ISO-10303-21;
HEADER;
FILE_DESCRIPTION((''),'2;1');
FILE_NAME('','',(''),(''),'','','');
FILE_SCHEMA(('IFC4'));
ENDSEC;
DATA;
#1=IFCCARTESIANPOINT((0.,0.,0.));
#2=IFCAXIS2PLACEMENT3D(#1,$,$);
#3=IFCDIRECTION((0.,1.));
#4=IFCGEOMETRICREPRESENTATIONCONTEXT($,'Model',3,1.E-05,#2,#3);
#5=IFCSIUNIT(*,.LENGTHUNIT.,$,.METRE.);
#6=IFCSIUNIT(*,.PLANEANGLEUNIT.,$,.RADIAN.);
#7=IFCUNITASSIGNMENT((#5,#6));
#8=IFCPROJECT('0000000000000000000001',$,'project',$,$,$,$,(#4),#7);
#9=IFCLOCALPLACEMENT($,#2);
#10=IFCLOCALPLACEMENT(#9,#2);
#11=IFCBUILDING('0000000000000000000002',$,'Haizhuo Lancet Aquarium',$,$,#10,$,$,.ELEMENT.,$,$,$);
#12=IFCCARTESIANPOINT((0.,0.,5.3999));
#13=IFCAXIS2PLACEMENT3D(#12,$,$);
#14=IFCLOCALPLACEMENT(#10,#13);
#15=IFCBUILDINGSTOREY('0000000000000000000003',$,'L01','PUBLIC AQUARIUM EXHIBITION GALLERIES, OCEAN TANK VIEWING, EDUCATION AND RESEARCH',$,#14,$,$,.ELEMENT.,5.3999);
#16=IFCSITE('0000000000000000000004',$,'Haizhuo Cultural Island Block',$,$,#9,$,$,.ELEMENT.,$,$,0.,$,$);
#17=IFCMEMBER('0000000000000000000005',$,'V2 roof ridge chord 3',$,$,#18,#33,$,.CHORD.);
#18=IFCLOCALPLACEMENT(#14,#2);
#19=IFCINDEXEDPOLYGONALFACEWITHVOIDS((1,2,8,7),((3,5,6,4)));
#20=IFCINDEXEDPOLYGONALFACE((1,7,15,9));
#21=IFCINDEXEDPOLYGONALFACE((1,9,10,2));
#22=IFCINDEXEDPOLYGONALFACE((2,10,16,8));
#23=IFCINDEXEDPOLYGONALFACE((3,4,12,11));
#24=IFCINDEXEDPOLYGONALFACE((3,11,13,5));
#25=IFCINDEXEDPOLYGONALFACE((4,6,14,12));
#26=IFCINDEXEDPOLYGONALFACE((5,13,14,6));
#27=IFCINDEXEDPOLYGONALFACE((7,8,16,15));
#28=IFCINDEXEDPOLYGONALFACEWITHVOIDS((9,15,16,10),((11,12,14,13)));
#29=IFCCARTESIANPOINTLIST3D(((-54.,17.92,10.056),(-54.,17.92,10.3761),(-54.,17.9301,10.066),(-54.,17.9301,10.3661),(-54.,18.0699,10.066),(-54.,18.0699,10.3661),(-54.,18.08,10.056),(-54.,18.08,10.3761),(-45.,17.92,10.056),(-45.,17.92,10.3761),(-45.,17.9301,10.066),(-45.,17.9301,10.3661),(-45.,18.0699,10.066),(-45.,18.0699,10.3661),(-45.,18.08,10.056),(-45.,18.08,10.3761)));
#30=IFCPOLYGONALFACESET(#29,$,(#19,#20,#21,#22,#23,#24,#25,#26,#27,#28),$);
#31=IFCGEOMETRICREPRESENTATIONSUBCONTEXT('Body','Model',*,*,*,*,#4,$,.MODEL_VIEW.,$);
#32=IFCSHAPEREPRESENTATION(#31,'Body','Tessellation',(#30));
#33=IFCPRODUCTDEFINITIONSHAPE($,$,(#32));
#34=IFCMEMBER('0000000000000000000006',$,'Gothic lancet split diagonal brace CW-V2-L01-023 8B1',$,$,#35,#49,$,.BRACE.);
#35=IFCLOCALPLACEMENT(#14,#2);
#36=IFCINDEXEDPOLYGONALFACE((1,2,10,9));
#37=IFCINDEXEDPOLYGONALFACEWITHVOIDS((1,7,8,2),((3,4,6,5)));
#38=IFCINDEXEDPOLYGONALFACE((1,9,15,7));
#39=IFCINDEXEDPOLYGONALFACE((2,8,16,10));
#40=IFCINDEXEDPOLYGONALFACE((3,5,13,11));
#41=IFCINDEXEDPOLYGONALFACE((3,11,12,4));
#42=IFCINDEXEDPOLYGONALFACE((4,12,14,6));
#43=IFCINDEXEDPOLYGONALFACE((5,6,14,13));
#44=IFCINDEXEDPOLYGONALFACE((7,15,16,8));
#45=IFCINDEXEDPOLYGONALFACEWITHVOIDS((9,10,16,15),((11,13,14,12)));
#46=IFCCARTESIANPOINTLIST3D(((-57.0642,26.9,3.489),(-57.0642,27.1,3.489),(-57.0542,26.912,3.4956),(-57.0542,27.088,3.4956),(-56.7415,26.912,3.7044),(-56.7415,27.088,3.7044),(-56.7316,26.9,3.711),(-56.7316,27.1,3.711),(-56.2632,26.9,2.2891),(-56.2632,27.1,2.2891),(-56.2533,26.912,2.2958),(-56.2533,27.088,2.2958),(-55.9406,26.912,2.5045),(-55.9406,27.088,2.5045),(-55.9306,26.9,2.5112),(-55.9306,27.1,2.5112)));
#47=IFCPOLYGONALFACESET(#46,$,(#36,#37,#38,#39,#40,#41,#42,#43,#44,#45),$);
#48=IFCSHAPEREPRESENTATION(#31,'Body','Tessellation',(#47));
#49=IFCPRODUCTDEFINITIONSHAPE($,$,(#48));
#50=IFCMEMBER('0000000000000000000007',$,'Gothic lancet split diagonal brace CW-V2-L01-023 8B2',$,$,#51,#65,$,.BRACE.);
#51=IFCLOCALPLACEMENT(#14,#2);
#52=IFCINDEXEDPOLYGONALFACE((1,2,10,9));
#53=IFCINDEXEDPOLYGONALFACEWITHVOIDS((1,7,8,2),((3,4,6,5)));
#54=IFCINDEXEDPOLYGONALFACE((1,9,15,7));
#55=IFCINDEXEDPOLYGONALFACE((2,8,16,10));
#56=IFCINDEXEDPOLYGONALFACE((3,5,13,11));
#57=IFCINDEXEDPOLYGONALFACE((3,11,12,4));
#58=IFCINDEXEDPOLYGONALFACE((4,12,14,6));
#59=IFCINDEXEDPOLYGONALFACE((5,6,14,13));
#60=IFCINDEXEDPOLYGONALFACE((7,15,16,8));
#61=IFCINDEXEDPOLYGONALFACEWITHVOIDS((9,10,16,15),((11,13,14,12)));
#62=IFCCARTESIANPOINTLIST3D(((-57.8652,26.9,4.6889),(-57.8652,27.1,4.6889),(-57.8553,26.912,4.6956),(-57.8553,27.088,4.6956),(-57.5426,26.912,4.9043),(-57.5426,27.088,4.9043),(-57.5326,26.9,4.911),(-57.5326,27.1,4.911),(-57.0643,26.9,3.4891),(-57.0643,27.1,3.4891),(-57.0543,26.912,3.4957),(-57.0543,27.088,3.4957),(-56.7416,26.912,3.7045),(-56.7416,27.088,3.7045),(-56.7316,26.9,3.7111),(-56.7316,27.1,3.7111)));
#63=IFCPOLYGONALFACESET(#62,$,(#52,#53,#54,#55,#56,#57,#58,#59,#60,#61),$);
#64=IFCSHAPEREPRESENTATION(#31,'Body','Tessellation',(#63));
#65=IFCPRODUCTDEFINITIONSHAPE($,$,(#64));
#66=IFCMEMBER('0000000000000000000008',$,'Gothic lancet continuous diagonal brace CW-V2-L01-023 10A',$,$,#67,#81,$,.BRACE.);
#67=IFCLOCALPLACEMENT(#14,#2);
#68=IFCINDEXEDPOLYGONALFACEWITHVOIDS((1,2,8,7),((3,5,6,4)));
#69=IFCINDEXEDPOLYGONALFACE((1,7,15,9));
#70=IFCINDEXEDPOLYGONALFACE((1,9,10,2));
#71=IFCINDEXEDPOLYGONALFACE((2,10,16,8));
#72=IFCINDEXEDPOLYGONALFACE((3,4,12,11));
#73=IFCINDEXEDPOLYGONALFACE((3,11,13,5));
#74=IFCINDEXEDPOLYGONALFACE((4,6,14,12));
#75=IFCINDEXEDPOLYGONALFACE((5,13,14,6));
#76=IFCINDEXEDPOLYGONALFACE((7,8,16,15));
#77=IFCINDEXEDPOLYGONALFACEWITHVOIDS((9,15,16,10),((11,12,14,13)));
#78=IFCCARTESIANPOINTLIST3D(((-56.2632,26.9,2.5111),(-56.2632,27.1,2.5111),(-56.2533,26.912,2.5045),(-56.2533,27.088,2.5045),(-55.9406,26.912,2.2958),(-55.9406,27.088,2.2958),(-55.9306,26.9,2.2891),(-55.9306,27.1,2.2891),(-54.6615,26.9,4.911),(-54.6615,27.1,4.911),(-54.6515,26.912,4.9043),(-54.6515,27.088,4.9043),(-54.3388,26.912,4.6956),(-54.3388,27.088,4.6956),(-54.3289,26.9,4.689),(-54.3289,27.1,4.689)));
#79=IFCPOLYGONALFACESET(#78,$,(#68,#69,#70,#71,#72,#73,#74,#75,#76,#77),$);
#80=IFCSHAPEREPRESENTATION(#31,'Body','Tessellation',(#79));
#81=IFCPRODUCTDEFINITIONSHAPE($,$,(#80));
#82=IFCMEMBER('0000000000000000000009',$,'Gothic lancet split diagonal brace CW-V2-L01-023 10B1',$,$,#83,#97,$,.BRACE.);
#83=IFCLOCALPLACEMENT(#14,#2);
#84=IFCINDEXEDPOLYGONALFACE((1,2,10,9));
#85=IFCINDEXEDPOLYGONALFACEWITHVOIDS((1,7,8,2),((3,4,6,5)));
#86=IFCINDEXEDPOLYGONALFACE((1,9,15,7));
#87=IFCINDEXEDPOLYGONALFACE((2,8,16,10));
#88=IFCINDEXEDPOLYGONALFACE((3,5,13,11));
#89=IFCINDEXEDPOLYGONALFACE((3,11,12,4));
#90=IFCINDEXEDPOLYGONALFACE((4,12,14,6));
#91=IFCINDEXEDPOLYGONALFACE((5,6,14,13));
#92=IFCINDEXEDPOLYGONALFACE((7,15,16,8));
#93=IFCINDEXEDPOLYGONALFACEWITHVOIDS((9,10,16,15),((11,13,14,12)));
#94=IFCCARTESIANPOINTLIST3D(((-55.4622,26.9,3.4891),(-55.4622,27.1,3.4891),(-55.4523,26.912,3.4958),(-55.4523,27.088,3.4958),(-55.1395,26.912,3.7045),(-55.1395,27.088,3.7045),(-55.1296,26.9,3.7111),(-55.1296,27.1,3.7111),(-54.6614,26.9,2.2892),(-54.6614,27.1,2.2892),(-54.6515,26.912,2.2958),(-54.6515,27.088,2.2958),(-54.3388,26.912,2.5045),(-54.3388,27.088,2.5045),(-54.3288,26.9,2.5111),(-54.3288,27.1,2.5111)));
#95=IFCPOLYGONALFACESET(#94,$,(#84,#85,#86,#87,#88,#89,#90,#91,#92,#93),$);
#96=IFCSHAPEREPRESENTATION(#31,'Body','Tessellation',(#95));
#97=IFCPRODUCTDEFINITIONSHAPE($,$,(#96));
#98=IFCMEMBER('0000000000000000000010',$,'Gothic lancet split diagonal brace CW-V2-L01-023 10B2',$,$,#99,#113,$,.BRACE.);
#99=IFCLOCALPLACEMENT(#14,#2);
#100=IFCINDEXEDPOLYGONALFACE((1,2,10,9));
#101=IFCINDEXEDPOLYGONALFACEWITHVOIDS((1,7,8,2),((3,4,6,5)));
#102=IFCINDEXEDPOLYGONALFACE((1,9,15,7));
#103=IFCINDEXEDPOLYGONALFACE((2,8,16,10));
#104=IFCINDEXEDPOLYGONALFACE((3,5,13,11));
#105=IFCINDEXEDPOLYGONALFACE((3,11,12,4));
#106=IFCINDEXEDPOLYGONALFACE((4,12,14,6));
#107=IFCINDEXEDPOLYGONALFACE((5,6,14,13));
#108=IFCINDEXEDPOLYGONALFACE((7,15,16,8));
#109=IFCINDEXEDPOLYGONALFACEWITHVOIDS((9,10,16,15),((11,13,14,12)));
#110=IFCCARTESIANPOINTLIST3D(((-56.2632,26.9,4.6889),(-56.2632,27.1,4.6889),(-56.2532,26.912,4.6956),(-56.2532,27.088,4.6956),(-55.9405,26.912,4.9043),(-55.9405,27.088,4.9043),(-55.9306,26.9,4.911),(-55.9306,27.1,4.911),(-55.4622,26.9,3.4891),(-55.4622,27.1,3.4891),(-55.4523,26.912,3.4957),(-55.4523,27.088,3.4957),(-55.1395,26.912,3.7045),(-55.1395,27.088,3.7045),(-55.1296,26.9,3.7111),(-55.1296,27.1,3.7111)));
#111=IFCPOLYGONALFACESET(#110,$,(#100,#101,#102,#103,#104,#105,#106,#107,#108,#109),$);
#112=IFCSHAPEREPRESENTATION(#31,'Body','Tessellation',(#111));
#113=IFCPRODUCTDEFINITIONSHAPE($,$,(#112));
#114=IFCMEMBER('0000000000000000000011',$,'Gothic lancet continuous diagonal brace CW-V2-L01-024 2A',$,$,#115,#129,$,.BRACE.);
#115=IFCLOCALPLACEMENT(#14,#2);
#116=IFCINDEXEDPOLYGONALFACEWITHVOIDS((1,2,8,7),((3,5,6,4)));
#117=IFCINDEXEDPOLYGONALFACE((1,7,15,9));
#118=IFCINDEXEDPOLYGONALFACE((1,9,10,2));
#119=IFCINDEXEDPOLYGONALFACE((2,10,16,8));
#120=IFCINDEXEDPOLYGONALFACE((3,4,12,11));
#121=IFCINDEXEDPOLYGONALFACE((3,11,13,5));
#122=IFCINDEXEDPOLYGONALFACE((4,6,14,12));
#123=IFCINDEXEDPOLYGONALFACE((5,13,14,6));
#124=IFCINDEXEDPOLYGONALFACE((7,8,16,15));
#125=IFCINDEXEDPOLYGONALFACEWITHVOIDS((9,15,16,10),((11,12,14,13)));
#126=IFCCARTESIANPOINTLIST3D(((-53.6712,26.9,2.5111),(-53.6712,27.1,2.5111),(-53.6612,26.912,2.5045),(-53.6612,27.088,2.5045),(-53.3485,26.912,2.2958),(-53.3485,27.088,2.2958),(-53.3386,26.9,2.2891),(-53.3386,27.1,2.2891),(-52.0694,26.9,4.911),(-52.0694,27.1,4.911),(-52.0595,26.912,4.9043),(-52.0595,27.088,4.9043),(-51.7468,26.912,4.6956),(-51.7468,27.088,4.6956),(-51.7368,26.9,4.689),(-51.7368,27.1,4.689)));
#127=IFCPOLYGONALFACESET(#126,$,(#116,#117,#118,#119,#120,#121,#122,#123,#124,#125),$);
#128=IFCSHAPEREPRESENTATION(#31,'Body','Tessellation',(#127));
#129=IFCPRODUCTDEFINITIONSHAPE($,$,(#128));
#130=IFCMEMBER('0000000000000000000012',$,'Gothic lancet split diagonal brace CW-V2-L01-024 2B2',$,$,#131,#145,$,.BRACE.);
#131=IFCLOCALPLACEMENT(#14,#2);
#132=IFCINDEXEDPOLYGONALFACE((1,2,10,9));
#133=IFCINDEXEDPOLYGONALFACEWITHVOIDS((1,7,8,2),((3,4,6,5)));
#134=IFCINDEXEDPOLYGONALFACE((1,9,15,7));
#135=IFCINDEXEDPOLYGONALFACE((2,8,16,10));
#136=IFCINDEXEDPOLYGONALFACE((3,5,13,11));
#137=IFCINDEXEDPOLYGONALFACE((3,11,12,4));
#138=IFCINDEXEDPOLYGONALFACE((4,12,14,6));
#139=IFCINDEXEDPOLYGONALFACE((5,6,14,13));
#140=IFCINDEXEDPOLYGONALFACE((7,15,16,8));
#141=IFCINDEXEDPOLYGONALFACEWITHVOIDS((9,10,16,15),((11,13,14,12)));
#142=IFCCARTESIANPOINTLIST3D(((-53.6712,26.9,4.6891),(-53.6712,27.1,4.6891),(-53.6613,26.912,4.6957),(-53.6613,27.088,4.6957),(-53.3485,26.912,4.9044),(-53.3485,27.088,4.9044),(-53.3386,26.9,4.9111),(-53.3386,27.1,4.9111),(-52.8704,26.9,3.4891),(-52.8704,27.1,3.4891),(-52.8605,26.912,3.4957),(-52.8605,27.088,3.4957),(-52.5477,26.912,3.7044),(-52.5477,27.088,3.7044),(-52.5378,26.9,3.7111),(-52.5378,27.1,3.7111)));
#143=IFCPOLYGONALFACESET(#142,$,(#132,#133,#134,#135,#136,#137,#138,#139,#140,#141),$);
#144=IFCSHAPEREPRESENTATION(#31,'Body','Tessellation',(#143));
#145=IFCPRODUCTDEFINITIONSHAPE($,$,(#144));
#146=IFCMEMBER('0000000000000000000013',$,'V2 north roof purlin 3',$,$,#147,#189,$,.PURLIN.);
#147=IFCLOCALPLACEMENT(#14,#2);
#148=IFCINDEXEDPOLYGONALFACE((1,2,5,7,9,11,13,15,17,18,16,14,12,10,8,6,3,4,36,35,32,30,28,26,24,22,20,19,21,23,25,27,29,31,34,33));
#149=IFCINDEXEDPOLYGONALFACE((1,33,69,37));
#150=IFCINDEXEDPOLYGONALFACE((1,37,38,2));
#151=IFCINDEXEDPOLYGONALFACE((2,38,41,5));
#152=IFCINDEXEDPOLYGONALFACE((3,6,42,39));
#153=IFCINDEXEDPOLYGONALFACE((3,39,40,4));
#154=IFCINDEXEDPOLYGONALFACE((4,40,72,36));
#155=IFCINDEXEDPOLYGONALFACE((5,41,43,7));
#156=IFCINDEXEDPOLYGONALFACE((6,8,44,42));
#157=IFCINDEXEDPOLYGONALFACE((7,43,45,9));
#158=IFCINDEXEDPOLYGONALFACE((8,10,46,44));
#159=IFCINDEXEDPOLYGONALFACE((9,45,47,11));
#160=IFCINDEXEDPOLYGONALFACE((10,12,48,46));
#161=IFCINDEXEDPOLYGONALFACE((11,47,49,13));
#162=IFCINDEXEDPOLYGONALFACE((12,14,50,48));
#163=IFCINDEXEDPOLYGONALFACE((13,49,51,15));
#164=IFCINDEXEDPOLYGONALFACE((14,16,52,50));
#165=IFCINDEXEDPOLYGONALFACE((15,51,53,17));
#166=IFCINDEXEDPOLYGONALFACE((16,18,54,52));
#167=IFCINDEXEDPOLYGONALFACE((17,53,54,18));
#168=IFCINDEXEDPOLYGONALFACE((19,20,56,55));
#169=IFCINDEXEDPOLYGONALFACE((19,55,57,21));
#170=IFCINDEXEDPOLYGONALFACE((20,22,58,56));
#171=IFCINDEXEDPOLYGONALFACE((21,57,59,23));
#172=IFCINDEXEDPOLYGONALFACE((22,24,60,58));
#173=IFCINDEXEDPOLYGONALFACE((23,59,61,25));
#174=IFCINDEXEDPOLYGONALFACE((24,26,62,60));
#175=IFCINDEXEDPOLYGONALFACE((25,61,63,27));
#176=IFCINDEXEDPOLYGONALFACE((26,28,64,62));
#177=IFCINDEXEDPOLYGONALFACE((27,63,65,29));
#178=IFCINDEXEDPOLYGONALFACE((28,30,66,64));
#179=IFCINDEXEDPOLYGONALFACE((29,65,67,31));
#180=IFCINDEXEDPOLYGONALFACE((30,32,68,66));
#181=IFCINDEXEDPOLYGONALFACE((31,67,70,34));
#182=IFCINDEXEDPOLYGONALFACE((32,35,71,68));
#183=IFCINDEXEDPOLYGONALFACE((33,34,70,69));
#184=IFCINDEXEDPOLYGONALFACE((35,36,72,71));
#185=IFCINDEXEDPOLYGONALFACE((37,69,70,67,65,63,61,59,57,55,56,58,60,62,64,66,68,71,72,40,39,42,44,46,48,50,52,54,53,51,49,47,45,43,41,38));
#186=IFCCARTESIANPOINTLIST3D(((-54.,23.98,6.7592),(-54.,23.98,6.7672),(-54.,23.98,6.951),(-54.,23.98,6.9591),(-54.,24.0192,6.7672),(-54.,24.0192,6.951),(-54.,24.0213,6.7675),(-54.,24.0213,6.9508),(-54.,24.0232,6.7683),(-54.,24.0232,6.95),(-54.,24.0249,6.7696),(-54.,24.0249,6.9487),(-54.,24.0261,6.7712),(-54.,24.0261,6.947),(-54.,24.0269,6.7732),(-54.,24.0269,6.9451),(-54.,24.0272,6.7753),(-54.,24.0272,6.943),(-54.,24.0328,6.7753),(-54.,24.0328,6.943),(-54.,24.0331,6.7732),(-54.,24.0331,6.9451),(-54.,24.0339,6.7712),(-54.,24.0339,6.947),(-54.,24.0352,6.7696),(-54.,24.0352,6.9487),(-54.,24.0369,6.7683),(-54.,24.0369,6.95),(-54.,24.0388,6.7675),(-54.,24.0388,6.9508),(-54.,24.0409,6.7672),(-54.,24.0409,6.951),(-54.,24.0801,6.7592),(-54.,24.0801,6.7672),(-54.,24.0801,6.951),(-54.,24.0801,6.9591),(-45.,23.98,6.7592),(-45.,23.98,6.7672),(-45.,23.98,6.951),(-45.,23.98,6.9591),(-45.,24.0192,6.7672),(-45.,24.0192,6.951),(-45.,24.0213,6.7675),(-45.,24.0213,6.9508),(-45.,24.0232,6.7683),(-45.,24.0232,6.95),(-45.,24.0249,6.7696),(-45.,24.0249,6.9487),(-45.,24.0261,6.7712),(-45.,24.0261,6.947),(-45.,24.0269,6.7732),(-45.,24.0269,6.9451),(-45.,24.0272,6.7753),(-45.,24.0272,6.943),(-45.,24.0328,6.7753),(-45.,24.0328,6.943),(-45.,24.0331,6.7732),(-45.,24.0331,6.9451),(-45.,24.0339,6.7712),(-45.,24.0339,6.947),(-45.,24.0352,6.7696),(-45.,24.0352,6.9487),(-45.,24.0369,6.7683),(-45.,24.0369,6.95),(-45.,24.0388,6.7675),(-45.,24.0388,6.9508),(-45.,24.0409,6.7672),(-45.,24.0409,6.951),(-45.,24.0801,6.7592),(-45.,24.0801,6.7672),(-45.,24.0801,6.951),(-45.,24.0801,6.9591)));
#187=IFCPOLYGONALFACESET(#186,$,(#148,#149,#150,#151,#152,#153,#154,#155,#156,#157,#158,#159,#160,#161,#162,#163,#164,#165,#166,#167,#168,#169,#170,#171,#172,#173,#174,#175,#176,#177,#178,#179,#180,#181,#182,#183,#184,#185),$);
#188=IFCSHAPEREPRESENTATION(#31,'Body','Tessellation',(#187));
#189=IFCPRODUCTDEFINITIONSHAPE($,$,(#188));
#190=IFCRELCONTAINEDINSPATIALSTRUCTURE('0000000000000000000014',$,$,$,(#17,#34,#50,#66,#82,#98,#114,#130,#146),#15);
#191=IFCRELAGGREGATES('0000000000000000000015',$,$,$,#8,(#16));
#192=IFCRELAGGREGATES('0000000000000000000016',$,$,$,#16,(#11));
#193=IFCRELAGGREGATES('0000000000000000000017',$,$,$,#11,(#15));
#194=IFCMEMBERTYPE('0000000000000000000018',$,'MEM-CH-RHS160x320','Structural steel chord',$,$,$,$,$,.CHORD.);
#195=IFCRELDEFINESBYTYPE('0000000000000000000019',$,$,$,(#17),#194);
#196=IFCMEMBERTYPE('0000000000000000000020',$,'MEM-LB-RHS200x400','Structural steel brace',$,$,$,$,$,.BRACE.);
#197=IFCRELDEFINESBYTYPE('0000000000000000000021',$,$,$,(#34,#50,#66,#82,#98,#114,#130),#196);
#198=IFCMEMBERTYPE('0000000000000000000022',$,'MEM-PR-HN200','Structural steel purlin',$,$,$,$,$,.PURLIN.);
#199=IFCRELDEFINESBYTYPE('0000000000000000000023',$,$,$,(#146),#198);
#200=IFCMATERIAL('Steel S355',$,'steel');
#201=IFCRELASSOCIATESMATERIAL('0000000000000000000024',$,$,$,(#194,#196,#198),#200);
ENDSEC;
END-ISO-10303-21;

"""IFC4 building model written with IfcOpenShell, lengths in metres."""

from ifc_helpers import new_model, si_unit, direction, frame, origin, origin_2d, place, context, subcontext, project, spatial, hollow_rectangle, i_section, extrude, material, material_profile, profile_set, type_object, element, save


model = new_model("IFC4")

# Units and contexts
model_context = context("Model", 3, precision=1e-05, world=origin(), true_north=direction((0.0, 1.0)))
body_context = subcontext(model_context, "Body", "Model", "MODEL_VIEW")
ifc_project = project(units=[si_unit("LENGTHUNIT", "METRE"), si_unit("PLANEANGLEUNIT", "RADIAN")], contexts=[model_context])

# Site, building, storey
site_placement = place(None, origin())
site = spatial("IfcSite", under=ifc_project, at=site_placement, Name="Haizhuo Cultural Island Block", CompositionType="ELEMENT", RefElevation=0.0)
building_placement = place(site_placement, origin())
building = spatial("IfcBuilding", under=site, at=building_placement, Name="Haizhuo Lancet Aquarium", CompositionType="ELEMENT")
storey_placement = place(building_placement, frame((0.0, 0.0, 5.3999)))
storey = spatial("IfcBuildingStorey", under=building, at=storey_placement, Name="L01", Description="PUBLIC AQUARIUM EXHIBITION GALLERIES, OCEAN TANK VIEWING, EDUCATION AND RESEARCH", CompositionType="ELEMENT", Elevation=5.3999)

# Shared definitions
ifc_material_1 = material(Name="Steel S355", Category="steel")

# Members
ifc_material_profile_1 = material_profile(ifc_material_1, hollow_rectangle(XDim=0.1599, YDim=0.3201, WallThickness=0.01, at=origin_2d()), Name="RHS 160x320x10")
ifc_profile_set_1 = profile_set([ifc_material_profile_1], Name="Steel S355")
member_type_1 = type_object("IfcMemberType", Name="MEM-CH-RHS160x320", Description="Structural steel chord", PredefinedType="CHORD", material=ifc_profile_set_1)
member_1_placement = place(storey_placement, frame((-54.0, 18.0, 10.2161), z_axis=(1.0, 0.0, 0.0), x_axis=(0.0, 1.0, 0.0)))
element("IfcMember", 1, at=member_1_placement, inside=storey, type_object=member_type_1, Name="V2 roof ridge chord 3", PredefinedType="CHORD", context=body_context, shape_type="SweptSolid", body=[
    extrude(hollow_rectangle(XDim=0.1599, YDim=0.3201, WallThickness=0.01, at=origin_2d()), origin(), (0.0, 0.0, 1.0), 9.0),
])
ifc_material_profile_2 = material_profile(ifc_material_1, hollow_rectangle(XDim=0.2, YDim=0.3999, WallThickness=0.012, at=origin_2d()), Name="RHS 200x400x12")
ifc_profile_set_2 = profile_set([ifc_material_profile_2], Name="Steel S355")
member_type_2 = type_object("IfcMemberType", Name="MEM-LB-RHS200x400", Description="Structural steel brace", PredefinedType="BRACE", material=ifc_profile_set_2)
for number, where, z_axis, x_axis, name in (
    (2, (-56.0969, 27.0, 2.4001), (-0.555208, 0.0, 0.831712), (0.0, -1.0, 0.0), "Gothic lancet split diagonal brace CW-V2-L01-023 8B1"),
    (3, (-56.8979, 27.0, 3.6001), (-0.555208, 0.0, 0.831712), (0.0, -1.0, 0.0), "Gothic lancet split diagonal brace CW-V2-L01-023 8B2"),
):
    element("IfcMember", number, at=place(storey_placement, frame(where, z_axis=z_axis, x_axis=x_axis)), inside=storey, type_object=member_type_2, Name=name, PredefinedType="BRACE", context=body_context, shape_type="SweptSolid", body=[
        extrude(hollow_rectangle(XDim=0.2, YDim=0.3999, WallThickness=0.012, at=origin_2d()), origin(), (0.0, 0.0, 1.0), 1.4426),
    ])
member_2_placement = place(storey_placement, frame((-56.0969, 27.0, 2.4001), z_axis=(0.555149, 0.0, 0.831751), x_axis=(0.0, 1.0, 0.0)))
element("IfcMember", 4, at=member_2_placement, inside=storey, type_object=member_type_2, Name="Gothic lancet continuous diagonal brace CW-V2-L01-023 10A", PredefinedType="BRACE", context=body_context, shape_type="SweptSolid", body=[
    extrude(hollow_rectangle(XDim=0.2, YDim=0.3999, WallThickness=0.012, at=origin_2d()), origin(), (0.0, 0.0, 1.0), 2.8853),
])
for number, where, z_axis, x_axis, name in (
    (5, (-54.4951, 27.0, 2.4001), (-0.555091, 0.0, 0.83179), (0.0, -1.0, 0.0), "Gothic lancet split diagonal brace CW-V2-L01-023 10B1"),
    (6, (-55.2959, 27.0, 3.6001), (-0.555208, 0.0, 0.831712), (0.0, -1.0, 0.0), "Gothic lancet split diagonal brace CW-V2-L01-023 10B2"),
):
    element("IfcMember", number, at=place(storey_placement, frame(where, z_axis=z_axis, x_axis=x_axis)), inside=storey, type_object=member_type_2, Name=name, PredefinedType="BRACE", context=body_context, shape_type="SweptSolid", body=[
        extrude(hollow_rectangle(XDim=0.2, YDim=0.3999, WallThickness=0.012, at=origin_2d()), origin(), (0.0, 0.0, 1.0), 1.4426),
    ])
member_3_placement = place(storey_placement, frame((-53.5049, 27.0, 2.4001), z_axis=(0.555149, 0.0, 0.831751), x_axis=(0.0, 1.0, 0.0)))
element("IfcMember", 7, at=member_3_placement, inside=storey, type_object=member_type_2, Name="Gothic lancet continuous diagonal brace CW-V2-L01-024 2A", PredefinedType="BRACE", context=body_context, shape_type="SweptSolid", body=[
    extrude(hollow_rectangle(XDim=0.2, YDim=0.3999, WallThickness=0.012, at=origin_2d()), origin(), (0.0, 0.0, 1.0), 2.8853),
])
member_4_placement = place(storey_placement, frame((-52.7041, 27.0, 3.6001), z_axis=(-0.555091, 0.0, 0.83179), x_axis=(0.0, -1.0, 0.0)))
element("IfcMember", 8, at=member_4_placement, inside=storey, type_object=member_type_2, Name="Gothic lancet split diagonal brace CW-V2-L01-024 2B2", PredefinedType="BRACE", context=body_context, shape_type="SweptSolid", body=[
    extrude(hollow_rectangle(XDim=0.2, YDim=0.3999, WallThickness=0.012, at=origin_2d()), origin(), (0.0, 0.0, 1.0), 1.4426),
])
ifc_material_profile_3 = material_profile(ifc_material_1, i_section(OverallWidth=0.1001, OverallDepth=0.2, WebThickness=0.0056, FlangeThickness=0.0081, FilletRadius=0.0081, at=origin_2d()), Name="HN 200x100x5.5x8")
ifc_profile_set_3 = profile_set([ifc_material_profile_3], Name="Steel S355")
member_type_3 = type_object("IfcMemberType", Name="MEM-PR-HN200", Description="Structural steel purlin", PredefinedType="PURLIN", material=ifc_profile_set_3)
for number, where, z_axis, x_axis, name in (
    (9, (-54.0, 24.03, 6.8591), (1.0, 0.0, 0.0), (0.0, 1.0, 0.0), "V2 north roof purlin 3"),
):
    element("IfcMember", number, at=place(storey_placement, frame(where, z_axis=z_axis, x_axis=x_axis)), inside=storey, type_object=member_type_3, Name=name, PredefinedType="PURLIN", context=body_context, shape_type="SweptSolid", body=[
        extrude(i_section(OverallWidth=0.1001, OverallDepth=0.2, WebThickness=0.0056, FlangeThickness=0.0081, FilletRadius=0.0081, at=origin_2d()), origin(), (0.0, 0.0, 1.0), 9.0),
    ])

save(model, "model.ifc")
